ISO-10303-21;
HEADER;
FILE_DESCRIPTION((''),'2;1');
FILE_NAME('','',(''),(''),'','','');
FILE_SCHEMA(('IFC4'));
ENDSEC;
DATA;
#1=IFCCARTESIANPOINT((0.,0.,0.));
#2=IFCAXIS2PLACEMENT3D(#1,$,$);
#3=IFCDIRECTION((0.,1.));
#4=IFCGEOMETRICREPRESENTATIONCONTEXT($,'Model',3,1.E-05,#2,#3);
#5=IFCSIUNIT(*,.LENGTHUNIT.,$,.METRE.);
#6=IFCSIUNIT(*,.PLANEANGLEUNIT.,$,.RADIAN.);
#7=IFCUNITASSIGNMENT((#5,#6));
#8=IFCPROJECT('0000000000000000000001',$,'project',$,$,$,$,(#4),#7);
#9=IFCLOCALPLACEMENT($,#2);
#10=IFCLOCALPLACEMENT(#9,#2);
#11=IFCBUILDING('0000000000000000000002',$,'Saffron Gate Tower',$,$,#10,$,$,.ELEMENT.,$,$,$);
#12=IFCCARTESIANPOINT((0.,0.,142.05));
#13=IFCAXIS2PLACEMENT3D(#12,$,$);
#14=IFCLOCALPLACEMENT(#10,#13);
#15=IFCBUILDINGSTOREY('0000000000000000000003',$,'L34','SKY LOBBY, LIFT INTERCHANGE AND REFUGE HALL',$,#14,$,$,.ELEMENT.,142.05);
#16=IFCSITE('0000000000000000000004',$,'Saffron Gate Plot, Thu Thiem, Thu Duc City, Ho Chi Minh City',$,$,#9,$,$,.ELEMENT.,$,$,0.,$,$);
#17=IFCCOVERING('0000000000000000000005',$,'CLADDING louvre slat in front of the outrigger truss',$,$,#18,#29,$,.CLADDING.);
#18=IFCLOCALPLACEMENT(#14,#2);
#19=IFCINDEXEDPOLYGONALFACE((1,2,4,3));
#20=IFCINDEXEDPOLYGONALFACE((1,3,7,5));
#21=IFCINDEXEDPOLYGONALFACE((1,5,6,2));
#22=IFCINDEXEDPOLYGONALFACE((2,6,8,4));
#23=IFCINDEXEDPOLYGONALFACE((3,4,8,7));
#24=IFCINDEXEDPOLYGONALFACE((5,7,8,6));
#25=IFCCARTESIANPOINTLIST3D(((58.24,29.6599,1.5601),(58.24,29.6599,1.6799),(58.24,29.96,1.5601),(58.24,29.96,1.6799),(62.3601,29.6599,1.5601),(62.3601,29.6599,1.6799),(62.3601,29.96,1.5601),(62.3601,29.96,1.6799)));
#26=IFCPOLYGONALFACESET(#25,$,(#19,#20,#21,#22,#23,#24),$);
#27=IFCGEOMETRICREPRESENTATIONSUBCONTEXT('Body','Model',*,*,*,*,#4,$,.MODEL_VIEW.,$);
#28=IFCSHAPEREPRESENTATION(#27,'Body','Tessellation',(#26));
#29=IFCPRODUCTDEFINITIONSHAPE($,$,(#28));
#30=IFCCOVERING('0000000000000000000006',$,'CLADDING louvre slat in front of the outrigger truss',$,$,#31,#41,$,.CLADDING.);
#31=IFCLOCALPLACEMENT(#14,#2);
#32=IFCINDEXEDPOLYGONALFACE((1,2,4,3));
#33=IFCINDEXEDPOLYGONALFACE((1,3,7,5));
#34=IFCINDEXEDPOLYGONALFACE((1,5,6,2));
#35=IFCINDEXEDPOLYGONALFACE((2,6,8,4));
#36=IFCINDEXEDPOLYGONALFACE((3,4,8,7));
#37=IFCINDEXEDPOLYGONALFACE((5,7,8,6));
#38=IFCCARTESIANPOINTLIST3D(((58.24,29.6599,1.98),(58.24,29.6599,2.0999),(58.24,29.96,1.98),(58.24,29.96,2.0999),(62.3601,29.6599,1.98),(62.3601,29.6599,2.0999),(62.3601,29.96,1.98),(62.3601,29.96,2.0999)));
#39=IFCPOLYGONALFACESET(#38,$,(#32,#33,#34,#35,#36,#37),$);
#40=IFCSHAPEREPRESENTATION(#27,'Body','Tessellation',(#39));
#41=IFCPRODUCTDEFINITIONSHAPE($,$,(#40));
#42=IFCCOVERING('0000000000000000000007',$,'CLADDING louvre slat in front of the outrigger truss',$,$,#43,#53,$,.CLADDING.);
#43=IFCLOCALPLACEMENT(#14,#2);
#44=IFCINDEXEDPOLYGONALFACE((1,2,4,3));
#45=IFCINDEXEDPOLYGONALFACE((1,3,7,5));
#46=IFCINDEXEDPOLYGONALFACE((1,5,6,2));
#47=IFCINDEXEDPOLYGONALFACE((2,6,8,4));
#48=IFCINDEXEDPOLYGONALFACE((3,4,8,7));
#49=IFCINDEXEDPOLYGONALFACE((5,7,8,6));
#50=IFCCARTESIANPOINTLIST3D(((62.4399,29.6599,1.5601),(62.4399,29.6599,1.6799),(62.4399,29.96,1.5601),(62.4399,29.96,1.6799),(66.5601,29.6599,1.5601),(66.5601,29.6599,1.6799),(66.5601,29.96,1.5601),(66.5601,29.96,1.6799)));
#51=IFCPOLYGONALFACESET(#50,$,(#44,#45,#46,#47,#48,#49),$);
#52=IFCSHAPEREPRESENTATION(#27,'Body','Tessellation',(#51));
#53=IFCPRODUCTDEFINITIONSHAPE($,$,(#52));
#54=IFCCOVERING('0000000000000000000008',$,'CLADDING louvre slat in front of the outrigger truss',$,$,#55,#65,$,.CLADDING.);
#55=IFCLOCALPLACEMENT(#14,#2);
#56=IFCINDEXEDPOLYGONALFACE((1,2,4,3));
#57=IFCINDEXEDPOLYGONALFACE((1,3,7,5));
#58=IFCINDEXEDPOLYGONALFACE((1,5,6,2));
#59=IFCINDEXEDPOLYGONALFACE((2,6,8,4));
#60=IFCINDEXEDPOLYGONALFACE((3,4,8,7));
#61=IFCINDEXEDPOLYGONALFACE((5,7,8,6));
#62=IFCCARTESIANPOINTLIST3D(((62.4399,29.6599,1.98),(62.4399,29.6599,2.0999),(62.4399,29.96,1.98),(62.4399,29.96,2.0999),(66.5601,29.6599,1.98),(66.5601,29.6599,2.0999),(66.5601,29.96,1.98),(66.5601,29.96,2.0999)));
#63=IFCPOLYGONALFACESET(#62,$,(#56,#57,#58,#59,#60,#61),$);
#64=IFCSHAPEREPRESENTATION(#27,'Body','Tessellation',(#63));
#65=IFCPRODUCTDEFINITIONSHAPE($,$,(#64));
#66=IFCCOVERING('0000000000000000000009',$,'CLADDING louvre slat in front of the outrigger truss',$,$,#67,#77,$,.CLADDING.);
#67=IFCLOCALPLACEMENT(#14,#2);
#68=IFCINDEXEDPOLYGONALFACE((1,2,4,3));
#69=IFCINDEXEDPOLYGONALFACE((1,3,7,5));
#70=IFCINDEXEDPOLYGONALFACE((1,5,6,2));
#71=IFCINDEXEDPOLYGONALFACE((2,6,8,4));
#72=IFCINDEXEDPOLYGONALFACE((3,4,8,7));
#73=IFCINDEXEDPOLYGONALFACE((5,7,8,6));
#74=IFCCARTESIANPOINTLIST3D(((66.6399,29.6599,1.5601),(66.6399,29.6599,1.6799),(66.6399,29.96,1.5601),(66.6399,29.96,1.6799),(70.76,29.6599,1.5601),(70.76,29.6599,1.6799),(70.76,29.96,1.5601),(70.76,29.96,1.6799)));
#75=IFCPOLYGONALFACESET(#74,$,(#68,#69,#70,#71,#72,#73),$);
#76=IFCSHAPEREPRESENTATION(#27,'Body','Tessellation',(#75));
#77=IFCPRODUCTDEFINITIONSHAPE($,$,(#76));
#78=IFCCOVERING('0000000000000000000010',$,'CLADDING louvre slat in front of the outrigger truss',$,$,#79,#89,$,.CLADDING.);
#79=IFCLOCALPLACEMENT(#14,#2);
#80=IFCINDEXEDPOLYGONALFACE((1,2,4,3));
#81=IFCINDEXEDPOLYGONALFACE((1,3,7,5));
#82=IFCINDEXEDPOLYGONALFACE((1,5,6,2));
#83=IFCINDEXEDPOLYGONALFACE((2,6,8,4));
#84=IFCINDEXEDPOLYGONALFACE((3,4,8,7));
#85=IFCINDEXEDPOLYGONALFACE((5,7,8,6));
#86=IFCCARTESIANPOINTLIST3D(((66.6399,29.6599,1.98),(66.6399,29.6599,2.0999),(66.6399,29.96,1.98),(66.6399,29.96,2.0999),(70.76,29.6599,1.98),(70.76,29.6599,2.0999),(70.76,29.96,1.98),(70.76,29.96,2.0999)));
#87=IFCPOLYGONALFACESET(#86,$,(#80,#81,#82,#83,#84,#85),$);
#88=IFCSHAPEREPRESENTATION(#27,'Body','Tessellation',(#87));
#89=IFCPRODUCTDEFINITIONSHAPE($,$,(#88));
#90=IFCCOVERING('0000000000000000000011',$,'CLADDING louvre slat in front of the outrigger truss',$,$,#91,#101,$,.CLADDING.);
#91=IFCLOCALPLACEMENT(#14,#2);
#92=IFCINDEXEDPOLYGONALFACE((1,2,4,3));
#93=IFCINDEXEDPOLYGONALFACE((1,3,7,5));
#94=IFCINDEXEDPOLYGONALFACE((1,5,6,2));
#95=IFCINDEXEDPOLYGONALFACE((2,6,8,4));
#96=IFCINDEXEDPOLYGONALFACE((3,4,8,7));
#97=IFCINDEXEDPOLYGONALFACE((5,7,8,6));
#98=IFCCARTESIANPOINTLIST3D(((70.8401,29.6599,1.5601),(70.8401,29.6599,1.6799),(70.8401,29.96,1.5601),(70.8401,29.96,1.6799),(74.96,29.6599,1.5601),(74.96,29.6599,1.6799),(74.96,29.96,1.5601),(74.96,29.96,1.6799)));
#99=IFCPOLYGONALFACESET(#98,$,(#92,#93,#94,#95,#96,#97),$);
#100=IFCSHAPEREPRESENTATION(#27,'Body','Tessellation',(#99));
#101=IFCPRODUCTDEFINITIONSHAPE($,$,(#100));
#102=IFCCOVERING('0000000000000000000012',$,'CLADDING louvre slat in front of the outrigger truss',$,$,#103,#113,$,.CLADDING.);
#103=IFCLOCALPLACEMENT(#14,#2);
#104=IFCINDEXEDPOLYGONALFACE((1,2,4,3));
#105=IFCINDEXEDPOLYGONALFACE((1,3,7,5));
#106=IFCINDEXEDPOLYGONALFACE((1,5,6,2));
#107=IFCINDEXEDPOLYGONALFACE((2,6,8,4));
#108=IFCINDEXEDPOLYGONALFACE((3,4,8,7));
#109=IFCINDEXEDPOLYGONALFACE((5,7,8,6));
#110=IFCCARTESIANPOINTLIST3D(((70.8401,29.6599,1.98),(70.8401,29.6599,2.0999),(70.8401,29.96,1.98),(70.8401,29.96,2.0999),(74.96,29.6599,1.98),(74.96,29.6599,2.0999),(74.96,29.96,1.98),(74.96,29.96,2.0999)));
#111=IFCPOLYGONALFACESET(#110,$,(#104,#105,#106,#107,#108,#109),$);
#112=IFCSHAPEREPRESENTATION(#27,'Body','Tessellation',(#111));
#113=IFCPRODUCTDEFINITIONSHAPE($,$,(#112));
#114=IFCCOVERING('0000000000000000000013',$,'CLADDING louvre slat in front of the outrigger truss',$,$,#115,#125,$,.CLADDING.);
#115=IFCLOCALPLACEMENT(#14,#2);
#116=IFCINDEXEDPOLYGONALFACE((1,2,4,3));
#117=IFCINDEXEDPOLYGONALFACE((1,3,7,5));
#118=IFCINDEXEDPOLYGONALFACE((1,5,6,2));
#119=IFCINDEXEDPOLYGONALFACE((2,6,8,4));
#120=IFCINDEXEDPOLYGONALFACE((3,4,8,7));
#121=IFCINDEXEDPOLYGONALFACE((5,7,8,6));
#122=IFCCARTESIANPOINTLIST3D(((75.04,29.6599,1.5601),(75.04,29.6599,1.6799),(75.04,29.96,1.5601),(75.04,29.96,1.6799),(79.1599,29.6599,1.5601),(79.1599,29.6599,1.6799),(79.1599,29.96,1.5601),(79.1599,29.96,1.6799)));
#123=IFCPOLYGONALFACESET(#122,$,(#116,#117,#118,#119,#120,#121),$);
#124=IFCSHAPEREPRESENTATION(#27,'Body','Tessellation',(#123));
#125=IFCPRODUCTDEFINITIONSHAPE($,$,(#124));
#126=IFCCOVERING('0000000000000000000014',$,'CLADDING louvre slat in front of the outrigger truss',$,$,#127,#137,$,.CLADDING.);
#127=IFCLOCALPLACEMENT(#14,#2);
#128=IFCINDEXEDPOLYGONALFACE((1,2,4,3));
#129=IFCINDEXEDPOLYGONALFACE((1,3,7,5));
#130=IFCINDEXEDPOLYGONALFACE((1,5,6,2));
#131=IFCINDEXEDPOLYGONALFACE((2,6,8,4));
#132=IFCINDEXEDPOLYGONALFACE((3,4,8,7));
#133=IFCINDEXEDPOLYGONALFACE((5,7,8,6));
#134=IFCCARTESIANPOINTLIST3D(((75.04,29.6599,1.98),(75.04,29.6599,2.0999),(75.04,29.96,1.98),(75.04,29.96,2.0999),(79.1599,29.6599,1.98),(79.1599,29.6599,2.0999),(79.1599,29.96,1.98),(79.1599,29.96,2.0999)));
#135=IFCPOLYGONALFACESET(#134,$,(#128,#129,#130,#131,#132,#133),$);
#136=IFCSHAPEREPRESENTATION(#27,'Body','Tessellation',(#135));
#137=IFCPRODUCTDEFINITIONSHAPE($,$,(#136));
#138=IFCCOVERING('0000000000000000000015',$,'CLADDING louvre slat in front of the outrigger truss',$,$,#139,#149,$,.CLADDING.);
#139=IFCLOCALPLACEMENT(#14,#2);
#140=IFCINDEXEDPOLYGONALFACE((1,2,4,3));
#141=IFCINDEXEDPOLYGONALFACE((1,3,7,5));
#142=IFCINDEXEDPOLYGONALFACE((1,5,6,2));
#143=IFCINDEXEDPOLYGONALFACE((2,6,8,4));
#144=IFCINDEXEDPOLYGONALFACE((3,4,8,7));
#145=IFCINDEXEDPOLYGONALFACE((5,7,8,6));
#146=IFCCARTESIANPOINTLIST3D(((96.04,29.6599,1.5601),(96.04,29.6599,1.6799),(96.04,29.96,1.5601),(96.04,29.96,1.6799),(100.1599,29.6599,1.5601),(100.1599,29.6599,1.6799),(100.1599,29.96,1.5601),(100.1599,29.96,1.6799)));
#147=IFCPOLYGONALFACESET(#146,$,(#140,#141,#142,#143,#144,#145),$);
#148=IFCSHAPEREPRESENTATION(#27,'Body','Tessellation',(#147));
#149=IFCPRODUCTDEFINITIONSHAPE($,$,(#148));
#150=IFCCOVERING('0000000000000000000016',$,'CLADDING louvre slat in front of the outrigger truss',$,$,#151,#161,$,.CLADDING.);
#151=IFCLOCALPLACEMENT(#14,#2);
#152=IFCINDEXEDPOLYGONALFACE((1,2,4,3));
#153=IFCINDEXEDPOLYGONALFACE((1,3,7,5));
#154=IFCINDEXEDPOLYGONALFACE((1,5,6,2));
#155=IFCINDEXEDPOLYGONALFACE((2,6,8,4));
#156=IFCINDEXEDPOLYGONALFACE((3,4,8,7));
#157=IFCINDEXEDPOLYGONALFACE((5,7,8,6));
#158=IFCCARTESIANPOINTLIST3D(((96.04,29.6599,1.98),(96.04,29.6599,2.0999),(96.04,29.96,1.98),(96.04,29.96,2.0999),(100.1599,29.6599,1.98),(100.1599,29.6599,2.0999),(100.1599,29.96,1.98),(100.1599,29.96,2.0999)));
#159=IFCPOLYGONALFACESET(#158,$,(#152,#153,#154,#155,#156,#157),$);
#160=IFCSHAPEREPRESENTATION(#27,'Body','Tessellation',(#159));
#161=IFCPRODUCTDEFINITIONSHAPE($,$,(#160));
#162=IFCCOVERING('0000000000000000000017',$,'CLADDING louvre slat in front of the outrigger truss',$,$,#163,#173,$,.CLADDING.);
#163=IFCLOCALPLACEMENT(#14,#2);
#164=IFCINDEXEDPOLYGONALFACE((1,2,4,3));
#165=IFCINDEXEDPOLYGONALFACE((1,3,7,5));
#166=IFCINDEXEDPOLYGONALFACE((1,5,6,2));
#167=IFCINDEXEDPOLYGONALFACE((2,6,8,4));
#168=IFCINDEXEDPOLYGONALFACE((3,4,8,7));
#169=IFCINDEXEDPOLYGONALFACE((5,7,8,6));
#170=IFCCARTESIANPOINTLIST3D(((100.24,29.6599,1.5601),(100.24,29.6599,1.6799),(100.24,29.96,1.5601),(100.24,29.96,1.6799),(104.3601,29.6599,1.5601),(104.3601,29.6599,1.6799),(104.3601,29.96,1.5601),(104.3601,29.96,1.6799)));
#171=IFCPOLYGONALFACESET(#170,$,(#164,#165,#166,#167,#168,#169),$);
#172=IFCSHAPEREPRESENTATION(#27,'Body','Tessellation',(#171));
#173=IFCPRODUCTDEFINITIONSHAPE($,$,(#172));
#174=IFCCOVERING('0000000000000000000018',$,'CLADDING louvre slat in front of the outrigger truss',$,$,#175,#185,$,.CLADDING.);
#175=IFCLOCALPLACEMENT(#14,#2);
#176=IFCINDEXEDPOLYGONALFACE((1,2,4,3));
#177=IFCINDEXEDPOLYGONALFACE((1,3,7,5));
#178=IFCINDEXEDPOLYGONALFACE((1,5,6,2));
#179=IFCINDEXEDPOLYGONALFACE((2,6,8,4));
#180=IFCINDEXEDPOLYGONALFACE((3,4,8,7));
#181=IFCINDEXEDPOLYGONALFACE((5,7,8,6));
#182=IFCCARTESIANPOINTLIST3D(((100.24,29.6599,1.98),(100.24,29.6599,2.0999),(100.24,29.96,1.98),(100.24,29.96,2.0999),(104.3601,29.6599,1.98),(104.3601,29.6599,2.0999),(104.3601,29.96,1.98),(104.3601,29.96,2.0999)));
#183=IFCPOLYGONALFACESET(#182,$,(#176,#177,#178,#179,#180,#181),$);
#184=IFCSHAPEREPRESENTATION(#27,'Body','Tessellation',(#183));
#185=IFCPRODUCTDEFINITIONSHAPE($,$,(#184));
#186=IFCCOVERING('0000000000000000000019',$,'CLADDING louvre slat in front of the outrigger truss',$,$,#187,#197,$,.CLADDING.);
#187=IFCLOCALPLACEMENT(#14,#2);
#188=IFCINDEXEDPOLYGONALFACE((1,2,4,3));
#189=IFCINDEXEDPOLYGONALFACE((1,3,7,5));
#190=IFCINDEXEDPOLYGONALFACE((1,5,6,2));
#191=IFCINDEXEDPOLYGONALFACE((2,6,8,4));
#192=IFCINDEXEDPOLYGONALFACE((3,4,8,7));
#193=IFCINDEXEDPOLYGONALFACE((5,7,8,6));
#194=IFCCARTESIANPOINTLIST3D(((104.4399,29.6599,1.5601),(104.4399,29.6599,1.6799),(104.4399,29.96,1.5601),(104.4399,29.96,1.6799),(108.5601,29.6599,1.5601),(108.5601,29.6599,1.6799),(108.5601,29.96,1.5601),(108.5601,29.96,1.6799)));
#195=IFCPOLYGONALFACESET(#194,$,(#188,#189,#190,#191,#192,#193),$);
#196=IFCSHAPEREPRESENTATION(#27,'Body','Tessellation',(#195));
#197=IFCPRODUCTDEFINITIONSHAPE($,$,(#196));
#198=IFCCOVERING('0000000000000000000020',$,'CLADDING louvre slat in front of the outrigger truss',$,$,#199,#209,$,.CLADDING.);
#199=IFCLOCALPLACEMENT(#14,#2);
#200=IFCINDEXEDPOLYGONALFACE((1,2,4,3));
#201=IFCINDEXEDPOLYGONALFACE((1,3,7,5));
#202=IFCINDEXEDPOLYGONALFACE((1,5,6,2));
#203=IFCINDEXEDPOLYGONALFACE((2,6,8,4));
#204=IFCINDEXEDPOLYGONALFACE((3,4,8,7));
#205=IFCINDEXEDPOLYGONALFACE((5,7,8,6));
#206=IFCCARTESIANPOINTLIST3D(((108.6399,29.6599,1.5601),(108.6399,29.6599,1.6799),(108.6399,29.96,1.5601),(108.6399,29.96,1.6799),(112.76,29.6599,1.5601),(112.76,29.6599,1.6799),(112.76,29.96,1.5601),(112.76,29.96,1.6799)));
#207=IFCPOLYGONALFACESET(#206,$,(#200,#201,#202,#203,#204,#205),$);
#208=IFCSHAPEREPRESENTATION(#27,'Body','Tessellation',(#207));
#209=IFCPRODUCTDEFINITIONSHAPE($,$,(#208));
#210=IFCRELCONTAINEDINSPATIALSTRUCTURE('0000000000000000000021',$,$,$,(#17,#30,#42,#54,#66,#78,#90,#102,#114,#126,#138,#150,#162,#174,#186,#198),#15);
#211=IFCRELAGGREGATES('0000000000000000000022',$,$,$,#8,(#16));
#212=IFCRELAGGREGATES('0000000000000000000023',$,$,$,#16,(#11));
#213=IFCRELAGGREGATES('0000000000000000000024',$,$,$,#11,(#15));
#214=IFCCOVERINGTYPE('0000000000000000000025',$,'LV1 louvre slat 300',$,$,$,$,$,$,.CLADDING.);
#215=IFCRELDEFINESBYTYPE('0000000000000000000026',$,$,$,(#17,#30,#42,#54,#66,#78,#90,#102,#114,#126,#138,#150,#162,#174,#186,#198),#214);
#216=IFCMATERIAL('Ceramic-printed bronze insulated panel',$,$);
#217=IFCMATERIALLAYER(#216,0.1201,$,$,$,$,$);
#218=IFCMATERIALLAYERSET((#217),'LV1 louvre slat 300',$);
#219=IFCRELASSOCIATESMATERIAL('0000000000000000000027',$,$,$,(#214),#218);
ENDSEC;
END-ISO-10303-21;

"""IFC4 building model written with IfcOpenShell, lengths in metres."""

from ifc_helpers import new_model, si_unit, direction, frame, origin, place, context, subcontext, project, spatial, polyline, outline, extrude, material, layer, layer_set, type_object, element, save


model = new_model("IFC4")

# Units and contexts
model_context = context("Model", 3, precision=1e-05, world=origin(), true_north=direction((0.0, 1.0)))
body_context = subcontext(model_context, "Body", "Model", "MODEL_VIEW")
ifc_project = project(units=[si_unit("LENGTHUNIT", "METRE"), si_unit("PLANEANGLEUNIT", "RADIAN")], contexts=[model_context])

# Site, building, storey
site_placement = place(None, origin())
site = spatial("IfcSite", under=ifc_project, at=site_placement, Name="Saffron Gate Plot, Thu Thiem, Thu Duc City, Ho Chi Minh City", CompositionType="ELEMENT", RefElevation=0.0)
building_placement = place(site_placement, origin())
building = spatial("IfcBuilding", under=site, at=building_placement, Name="Saffron Gate Tower", CompositionType="ELEMENT")
storey_placement = place(building_placement, frame((0.0, 0.0, 142.05)))
storey = spatial("IfcBuildingStorey", under=building, at=storey_placement, Name="L34", Description="SKY LOBBY, LIFT INTERCHANGE AND REFUGE HALL", CompositionType="ELEMENT", Elevation=142.05)

# Coverings
ifc_material = material(Name="Ceramic-printed bronze insulated panel")
ifc_layer = layer(ifc_material, 0.1201)
ifc_layer_set = layer_set([ifc_layer], Name="LV1 louvre slat 300")
covering_type = type_object("IfcCoveringType", Name="LV1 louvre slat 300", PredefinedType="CLADDING", material=ifc_layer_set)
for number, where, name in (
    (1, (0.0, 0.0, 1.5601), "CLADDING louvre slat in front of the outrigger truss"),
    (2, (0.0, 0.0, 1.98), "CLADDING louvre slat in front of the outrigger truss"),
):
    element("IfcCovering", number, at=place(storey_placement, frame(where)), inside=storey, type_object=covering_type, Name=name, PredefinedType="CLADDING", context=body_context, shape_type="SweptSolid", body=[
        extrude(outline(polyline([(58.24, 29.6599), (62.3601, 29.6599), (62.3601, 29.96), (58.24, 29.96), (58.24, 29.6599)])), origin(), (0.0, 0.0, 1.0), 0.1199),
    ])
for number, where, name in (
    (3, (0.0, 0.0, 1.5601), "CLADDING louvre slat in front of the outrigger truss"),
    (4, (0.0, 0.0, 1.98), "CLADDING louvre slat in front of the outrigger truss"),
):
    element("IfcCovering", number, at=place(storey_placement, frame(where)), inside=storey, type_object=covering_type, Name=name, PredefinedType="CLADDING", context=body_context, shape_type="SweptSolid", body=[
        extrude(outline(polyline([(62.4399, 29.6599), (66.5601, 29.6599), (66.5601, 29.96), (62.4399, 29.96), (62.4399, 29.6599)])), origin(), (0.0, 0.0, 1.0), 0.1199),
    ])
for number, where, name in (
    (5, (0.0, 0.0, 1.5601), "CLADDING louvre slat in front of the outrigger truss"),
    (6, (0.0, 0.0, 1.98), "CLADDING louvre slat in front of the outrigger truss"),
):
    element("IfcCovering", number, at=place(storey_placement, frame(where)), inside=storey, type_object=covering_type, Name=name, PredefinedType="CLADDING", context=body_context, shape_type="SweptSolid", body=[
        extrude(outline(polyline([(66.6399, 29.6599), (70.76, 29.6599), (70.76, 29.96), (66.6399, 29.96), (66.6399, 29.6599)])), origin(), (0.0, 0.0, 1.0), 0.1199),
    ])
for number, where, name in (
    (7, (0.0, 0.0, 1.5601), "CLADDING louvre slat in front of the outrigger truss"),
    (8, (0.0, 0.0, 1.98), "CLADDING louvre slat in front of the outrigger truss"),
):
    element("IfcCovering", number, at=place(storey_placement, frame(where)), inside=storey, type_object=covering_type, Name=name, PredefinedType="CLADDING", context=body_context, shape_type="SweptSolid", body=[
        extrude(outline(polyline([(70.8401, 29.6599), (74.96, 29.6599), (74.96, 29.96), (70.8401, 29.96), (70.8401, 29.6599)])), origin(), (0.0, 0.0, 1.0), 0.1199),
    ])
for number, where, name in (
    (9, (0.0, 0.0, 1.5601), "CLADDING louvre slat in front of the outrigger truss"),
    (10, (0.0, 0.0, 1.98), "CLADDING louvre slat in front of the outrigger truss"),
):
    element("IfcCovering", number, at=place(storey_placement, frame(where)), inside=storey, type_object=covering_type, Name=name, PredefinedType="CLADDING", context=body_context, shape_type="SweptSolid", body=[
        extrude(outline(polyline([(75.04, 29.6599), (79.1599, 29.6599), (79.1599, 29.96), (75.04, 29.96), (75.04, 29.6599)])), origin(), (0.0, 0.0, 1.0), 0.1199),
    ])
for number, where, name in (
    (11, (0.0, 0.0, 1.5601), "CLADDING louvre slat in front of the outrigger truss"),
    (12, (0.0, 0.0, 1.98), "CLADDING louvre slat in front of the outrigger truss"),
):
    element("IfcCovering", number, at=place(storey_placement, frame(where)), inside=storey, type_object=covering_type, Name=name, PredefinedType="CLADDING", context=body_context, shape_type="SweptSolid", body=[
        extrude(outline(polyline([(96.04, 29.6599), (100.1599, 29.6599), (100.1599, 29.96), (96.04, 29.96), (96.04, 29.6599)])), origin(), (0.0, 0.0, 1.0), 0.1199),
    ])
for number, where, name in (
    (13, (0.0, 0.0, 1.5601), "CLADDING louvre slat in front of the outrigger truss"),
    (14, (0.0, 0.0, 1.98), "CLADDING louvre slat in front of the outrigger truss"),
):
    element("IfcCovering", number, at=place(storey_placement, frame(where)), inside=storey, type_object=covering_type, Name=name, PredefinedType="CLADDING", context=body_context, shape_type="SweptSolid", body=[
        extrude(outline(polyline([(100.24, 29.6599), (104.3601, 29.6599), (104.3601, 29.96), (100.24, 29.96), (100.24, 29.6599)])), origin(), (0.0, 0.0, 1.0), 0.1199),
    ])
covering_1_placement = place(storey_placement, frame((0.0, 0.0, 1.5601)))
element("IfcCovering", 15, at=covering_1_placement, inside=storey, type_object=covering_type, Name="CLADDING louvre slat in front of the outrigger truss", PredefinedType="CLADDING", context=body_context, shape_type="SweptSolid", body=[
    extrude(outline(polyline([(104.4399, 29.6599), (108.5601, 29.6599), (108.5601, 29.96), (104.4399, 29.96), (104.4399, 29.6599)])), origin(), (0.0, 0.0, 1.0), 0.1199),
])
covering_2_placement = place(storey_placement, frame((0.0, 0.0, 1.5601)))
element("IfcCovering", 16, at=covering_2_placement, inside=storey, type_object=covering_type, Name="CLADDING louvre slat in front of the outrigger truss", PredefinedType="CLADDING", context=body_context, shape_type="SweptSolid", body=[
    extrude(outline(polyline([(108.6399, 29.6599), (112.76, 29.6599), (112.76, 29.96), (108.6399, 29.96), (108.6399, 29.6599)])), origin(), (0.0, 0.0, 1.0), 0.1199),
])

save(model, "model.ifc")
